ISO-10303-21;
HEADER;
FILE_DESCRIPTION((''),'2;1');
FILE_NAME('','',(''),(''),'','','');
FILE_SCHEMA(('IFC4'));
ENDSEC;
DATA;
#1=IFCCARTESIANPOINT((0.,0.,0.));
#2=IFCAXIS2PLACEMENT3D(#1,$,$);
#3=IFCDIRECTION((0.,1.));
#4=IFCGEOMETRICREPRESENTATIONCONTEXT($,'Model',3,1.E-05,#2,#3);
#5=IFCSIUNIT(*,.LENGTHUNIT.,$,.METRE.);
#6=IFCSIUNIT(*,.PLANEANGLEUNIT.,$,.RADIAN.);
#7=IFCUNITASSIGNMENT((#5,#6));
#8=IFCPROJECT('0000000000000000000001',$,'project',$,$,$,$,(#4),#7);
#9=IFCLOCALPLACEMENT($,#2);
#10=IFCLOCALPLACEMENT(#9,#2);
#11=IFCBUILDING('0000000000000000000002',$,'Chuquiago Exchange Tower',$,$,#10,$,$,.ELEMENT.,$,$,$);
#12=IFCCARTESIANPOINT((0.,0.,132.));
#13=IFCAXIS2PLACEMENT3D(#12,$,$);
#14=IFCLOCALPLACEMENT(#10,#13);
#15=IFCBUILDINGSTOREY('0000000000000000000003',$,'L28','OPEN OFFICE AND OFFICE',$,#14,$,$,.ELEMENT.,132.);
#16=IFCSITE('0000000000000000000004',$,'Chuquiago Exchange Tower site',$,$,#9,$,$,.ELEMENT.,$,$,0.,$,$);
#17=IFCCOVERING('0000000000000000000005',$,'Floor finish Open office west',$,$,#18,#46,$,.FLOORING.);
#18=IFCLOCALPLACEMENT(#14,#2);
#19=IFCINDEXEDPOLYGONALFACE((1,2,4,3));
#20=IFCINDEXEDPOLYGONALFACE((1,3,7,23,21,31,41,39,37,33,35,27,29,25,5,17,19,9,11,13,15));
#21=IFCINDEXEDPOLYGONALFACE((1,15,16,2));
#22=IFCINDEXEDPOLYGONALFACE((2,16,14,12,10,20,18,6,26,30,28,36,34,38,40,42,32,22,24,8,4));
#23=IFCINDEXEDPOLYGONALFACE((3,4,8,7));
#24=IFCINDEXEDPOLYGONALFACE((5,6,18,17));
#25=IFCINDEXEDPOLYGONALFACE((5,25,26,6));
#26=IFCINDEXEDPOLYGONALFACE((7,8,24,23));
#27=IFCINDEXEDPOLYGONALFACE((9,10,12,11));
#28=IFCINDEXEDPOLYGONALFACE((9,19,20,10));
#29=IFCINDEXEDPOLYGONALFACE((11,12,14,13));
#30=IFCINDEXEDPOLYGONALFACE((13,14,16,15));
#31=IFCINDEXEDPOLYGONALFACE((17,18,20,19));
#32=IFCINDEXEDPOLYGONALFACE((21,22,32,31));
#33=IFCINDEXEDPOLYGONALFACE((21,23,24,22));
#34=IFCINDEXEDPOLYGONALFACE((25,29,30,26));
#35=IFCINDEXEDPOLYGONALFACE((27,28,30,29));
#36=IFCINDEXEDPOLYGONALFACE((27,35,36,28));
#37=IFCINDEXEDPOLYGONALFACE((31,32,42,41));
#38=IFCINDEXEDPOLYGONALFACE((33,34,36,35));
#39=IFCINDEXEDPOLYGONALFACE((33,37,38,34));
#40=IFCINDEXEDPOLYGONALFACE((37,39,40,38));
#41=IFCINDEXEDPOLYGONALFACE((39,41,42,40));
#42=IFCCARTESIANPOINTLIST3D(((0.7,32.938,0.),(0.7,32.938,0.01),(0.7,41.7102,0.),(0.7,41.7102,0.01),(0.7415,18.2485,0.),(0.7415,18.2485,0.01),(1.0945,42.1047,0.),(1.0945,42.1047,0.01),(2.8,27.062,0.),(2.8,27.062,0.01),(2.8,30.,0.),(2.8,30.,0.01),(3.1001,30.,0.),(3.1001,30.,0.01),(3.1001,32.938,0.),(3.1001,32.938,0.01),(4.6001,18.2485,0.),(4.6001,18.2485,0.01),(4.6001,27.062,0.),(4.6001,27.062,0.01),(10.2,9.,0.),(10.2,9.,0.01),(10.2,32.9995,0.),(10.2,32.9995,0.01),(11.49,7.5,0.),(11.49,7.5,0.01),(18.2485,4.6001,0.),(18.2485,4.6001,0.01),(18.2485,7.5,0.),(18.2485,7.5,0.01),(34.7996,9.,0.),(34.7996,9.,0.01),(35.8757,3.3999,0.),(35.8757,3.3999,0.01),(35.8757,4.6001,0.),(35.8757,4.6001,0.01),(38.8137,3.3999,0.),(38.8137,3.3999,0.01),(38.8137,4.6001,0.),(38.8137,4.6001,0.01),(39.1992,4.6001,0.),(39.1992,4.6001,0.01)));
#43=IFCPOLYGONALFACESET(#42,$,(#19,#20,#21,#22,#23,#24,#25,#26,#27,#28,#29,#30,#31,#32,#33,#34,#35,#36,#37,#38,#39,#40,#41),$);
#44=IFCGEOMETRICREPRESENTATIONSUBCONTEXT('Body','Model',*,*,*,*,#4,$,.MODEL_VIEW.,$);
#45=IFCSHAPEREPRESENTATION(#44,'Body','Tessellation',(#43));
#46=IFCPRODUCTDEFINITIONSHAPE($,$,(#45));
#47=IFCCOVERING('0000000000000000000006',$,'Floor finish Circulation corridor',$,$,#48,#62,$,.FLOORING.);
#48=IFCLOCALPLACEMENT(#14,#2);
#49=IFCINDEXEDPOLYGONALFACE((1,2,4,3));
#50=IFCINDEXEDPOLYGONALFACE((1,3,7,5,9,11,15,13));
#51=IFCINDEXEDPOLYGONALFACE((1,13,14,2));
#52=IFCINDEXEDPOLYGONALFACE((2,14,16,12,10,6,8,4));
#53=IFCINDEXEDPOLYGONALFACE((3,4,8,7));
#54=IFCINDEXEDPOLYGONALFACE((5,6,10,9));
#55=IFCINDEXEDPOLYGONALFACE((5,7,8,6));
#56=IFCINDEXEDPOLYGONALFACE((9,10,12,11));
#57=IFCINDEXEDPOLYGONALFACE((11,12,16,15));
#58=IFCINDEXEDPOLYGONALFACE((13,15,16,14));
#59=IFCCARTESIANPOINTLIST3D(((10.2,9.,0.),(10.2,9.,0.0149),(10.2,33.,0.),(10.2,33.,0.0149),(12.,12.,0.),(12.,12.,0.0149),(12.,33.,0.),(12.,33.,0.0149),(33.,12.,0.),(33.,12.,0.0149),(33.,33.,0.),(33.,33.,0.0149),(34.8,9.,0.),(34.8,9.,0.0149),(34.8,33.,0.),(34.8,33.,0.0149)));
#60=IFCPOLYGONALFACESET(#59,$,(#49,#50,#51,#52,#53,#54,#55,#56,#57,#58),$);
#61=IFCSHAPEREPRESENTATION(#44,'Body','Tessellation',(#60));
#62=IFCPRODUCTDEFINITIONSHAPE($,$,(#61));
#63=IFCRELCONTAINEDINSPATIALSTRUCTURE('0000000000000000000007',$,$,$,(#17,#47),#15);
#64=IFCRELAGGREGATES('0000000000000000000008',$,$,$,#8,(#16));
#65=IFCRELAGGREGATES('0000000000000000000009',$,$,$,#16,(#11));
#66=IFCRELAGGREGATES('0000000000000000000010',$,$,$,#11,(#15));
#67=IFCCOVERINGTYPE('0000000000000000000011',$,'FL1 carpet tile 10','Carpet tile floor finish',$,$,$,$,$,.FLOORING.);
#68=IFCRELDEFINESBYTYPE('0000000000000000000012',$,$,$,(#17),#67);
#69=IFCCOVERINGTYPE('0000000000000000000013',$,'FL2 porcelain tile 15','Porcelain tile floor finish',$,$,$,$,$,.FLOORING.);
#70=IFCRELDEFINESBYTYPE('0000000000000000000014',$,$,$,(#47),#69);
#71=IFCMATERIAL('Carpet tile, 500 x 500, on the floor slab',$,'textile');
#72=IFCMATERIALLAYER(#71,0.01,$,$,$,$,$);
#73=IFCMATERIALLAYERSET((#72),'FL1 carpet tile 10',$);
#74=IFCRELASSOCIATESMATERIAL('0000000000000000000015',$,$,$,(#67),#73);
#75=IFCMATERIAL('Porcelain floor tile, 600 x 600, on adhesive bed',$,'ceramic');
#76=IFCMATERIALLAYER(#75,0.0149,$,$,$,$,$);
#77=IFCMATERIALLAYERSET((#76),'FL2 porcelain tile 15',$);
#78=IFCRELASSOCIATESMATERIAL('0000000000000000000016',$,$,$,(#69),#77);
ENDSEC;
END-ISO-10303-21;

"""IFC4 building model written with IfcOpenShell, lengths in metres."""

from ifc_helpers import new_model, si_unit, direction, frame, origin, place, context, subcontext, project, spatial, polyline, outline, extrude, material, layer, layer_set, type_object, element, save


model = new_model("IFC4")

# Units and contexts
model_context = context("Model", 3, precision=1e-05, world=origin(), true_north=direction((0.0, 1.0)))
body_context = subcontext(model_context, "Body", "Model", "MODEL_VIEW")
ifc_project = project(units=[si_unit("LENGTHUNIT", "METRE"), si_unit("PLANEANGLEUNIT", "RADIAN")], contexts=[model_context])

# Site, building, storey
site_placement = place(None, origin())
site = spatial("IfcSite", under=ifc_project, at=site_placement, Name="Chuquiago Exchange Tower site", CompositionType="ELEMENT", RefElevation=0.0)
building_placement = place(site_placement, origin())
building = spatial("IfcBuilding", under=site, at=building_placement, Name="Chuquiago Exchange Tower", CompositionType="ELEMENT")
storey_placement = place(building_placement, frame((0.0, 0.0, 132.0)))
storey = spatial("IfcBuildingStorey", under=building, at=storey_placement, Name="L28", Description="OPEN OFFICE AND OFFICE", CompositionType="ELEMENT", Elevation=132.0)

# Coverings
ifc_material_1 = material(Name="Carpet tile, 500 x 500, on the floor slab", Category="textile")
ifc_layer_1 = layer(ifc_material_1, 0.01)
ifc_layer_set_1 = layer_set([ifc_layer_1], Name="FL1 carpet tile 10")
covering_type_1 = type_object("IfcCoveringType", Name="FL1 carpet tile 10", Description="Carpet tile floor finish", PredefinedType="FLOORING", material=ifc_layer_set_1)
covering_1_placement = place(storey_placement, origin())
element("IfcCovering", 1, at=covering_1_placement, inside=storey, type_object=covering_type_1, Name="Floor finish Open office west", PredefinedType="FLOORING", context=body_context, shape_type="SweptSolid", body=[
    extrude(outline(polyline([(38.8137, 4.6001), (38.8137, 3.3999), (35.8757, 3.3999), (35.8757, 4.6001), (18.2485, 4.6001), (18.2485, 7.5), (11.49, 7.5), (18.2485, 0.7415), (0.7415, 18.2485), (4.6001, 18.2485), (4.6001, 27.062), (2.8, 27.062), (2.8, 30.0), (3.1001, 30.0), (3.1001, 32.938), (0.7, 32.938), (0.7, 41.7102), (1.0945, 42.1047), (10.2, 32.9995), (10.2, 9.0), (34.7996, 9.0), (39.1992, 4.6001), (38.8137, 4.6001)])), origin(), (0.0, 0.0, 1.0), 0.01),
])
ifc_material_2 = material(Name="Porcelain floor tile, 600 x 600, on adhesive bed", Category="ceramic")
ifc_layer_2 = layer(ifc_material_2, 0.0149)
ifc_layer_set_2 = layer_set([ifc_layer_2], Name="FL2 porcelain tile 15")
covering_type_2 = type_object("IfcCoveringType", Name="FL2 porcelain tile 15", Description="Porcelain tile floor finish", PredefinedType="FLOORING", material=ifc_layer_set_2)
covering_2_placement = place(storey_placement, origin())
element("IfcCovering", 2, at=covering_2_placement, inside=storey, type_object=covering_type_2, Name="Floor finish Circulation corridor", PredefinedType="FLOORING", context=body_context, shape_type="SweptSolid", body=[
    extrude(outline(polyline([(12.0, 12.0), (33.0, 12.0), (33.0, 33.0), (34.8, 33.0), (34.8, 9.0), (10.2, 9.0), (10.2, 33.0), (12.0, 33.0), (12.0, 12.0)])), origin(), (0.0, 0.0, 1.0), 0.0149),
])

save(model, "model.ifc")
